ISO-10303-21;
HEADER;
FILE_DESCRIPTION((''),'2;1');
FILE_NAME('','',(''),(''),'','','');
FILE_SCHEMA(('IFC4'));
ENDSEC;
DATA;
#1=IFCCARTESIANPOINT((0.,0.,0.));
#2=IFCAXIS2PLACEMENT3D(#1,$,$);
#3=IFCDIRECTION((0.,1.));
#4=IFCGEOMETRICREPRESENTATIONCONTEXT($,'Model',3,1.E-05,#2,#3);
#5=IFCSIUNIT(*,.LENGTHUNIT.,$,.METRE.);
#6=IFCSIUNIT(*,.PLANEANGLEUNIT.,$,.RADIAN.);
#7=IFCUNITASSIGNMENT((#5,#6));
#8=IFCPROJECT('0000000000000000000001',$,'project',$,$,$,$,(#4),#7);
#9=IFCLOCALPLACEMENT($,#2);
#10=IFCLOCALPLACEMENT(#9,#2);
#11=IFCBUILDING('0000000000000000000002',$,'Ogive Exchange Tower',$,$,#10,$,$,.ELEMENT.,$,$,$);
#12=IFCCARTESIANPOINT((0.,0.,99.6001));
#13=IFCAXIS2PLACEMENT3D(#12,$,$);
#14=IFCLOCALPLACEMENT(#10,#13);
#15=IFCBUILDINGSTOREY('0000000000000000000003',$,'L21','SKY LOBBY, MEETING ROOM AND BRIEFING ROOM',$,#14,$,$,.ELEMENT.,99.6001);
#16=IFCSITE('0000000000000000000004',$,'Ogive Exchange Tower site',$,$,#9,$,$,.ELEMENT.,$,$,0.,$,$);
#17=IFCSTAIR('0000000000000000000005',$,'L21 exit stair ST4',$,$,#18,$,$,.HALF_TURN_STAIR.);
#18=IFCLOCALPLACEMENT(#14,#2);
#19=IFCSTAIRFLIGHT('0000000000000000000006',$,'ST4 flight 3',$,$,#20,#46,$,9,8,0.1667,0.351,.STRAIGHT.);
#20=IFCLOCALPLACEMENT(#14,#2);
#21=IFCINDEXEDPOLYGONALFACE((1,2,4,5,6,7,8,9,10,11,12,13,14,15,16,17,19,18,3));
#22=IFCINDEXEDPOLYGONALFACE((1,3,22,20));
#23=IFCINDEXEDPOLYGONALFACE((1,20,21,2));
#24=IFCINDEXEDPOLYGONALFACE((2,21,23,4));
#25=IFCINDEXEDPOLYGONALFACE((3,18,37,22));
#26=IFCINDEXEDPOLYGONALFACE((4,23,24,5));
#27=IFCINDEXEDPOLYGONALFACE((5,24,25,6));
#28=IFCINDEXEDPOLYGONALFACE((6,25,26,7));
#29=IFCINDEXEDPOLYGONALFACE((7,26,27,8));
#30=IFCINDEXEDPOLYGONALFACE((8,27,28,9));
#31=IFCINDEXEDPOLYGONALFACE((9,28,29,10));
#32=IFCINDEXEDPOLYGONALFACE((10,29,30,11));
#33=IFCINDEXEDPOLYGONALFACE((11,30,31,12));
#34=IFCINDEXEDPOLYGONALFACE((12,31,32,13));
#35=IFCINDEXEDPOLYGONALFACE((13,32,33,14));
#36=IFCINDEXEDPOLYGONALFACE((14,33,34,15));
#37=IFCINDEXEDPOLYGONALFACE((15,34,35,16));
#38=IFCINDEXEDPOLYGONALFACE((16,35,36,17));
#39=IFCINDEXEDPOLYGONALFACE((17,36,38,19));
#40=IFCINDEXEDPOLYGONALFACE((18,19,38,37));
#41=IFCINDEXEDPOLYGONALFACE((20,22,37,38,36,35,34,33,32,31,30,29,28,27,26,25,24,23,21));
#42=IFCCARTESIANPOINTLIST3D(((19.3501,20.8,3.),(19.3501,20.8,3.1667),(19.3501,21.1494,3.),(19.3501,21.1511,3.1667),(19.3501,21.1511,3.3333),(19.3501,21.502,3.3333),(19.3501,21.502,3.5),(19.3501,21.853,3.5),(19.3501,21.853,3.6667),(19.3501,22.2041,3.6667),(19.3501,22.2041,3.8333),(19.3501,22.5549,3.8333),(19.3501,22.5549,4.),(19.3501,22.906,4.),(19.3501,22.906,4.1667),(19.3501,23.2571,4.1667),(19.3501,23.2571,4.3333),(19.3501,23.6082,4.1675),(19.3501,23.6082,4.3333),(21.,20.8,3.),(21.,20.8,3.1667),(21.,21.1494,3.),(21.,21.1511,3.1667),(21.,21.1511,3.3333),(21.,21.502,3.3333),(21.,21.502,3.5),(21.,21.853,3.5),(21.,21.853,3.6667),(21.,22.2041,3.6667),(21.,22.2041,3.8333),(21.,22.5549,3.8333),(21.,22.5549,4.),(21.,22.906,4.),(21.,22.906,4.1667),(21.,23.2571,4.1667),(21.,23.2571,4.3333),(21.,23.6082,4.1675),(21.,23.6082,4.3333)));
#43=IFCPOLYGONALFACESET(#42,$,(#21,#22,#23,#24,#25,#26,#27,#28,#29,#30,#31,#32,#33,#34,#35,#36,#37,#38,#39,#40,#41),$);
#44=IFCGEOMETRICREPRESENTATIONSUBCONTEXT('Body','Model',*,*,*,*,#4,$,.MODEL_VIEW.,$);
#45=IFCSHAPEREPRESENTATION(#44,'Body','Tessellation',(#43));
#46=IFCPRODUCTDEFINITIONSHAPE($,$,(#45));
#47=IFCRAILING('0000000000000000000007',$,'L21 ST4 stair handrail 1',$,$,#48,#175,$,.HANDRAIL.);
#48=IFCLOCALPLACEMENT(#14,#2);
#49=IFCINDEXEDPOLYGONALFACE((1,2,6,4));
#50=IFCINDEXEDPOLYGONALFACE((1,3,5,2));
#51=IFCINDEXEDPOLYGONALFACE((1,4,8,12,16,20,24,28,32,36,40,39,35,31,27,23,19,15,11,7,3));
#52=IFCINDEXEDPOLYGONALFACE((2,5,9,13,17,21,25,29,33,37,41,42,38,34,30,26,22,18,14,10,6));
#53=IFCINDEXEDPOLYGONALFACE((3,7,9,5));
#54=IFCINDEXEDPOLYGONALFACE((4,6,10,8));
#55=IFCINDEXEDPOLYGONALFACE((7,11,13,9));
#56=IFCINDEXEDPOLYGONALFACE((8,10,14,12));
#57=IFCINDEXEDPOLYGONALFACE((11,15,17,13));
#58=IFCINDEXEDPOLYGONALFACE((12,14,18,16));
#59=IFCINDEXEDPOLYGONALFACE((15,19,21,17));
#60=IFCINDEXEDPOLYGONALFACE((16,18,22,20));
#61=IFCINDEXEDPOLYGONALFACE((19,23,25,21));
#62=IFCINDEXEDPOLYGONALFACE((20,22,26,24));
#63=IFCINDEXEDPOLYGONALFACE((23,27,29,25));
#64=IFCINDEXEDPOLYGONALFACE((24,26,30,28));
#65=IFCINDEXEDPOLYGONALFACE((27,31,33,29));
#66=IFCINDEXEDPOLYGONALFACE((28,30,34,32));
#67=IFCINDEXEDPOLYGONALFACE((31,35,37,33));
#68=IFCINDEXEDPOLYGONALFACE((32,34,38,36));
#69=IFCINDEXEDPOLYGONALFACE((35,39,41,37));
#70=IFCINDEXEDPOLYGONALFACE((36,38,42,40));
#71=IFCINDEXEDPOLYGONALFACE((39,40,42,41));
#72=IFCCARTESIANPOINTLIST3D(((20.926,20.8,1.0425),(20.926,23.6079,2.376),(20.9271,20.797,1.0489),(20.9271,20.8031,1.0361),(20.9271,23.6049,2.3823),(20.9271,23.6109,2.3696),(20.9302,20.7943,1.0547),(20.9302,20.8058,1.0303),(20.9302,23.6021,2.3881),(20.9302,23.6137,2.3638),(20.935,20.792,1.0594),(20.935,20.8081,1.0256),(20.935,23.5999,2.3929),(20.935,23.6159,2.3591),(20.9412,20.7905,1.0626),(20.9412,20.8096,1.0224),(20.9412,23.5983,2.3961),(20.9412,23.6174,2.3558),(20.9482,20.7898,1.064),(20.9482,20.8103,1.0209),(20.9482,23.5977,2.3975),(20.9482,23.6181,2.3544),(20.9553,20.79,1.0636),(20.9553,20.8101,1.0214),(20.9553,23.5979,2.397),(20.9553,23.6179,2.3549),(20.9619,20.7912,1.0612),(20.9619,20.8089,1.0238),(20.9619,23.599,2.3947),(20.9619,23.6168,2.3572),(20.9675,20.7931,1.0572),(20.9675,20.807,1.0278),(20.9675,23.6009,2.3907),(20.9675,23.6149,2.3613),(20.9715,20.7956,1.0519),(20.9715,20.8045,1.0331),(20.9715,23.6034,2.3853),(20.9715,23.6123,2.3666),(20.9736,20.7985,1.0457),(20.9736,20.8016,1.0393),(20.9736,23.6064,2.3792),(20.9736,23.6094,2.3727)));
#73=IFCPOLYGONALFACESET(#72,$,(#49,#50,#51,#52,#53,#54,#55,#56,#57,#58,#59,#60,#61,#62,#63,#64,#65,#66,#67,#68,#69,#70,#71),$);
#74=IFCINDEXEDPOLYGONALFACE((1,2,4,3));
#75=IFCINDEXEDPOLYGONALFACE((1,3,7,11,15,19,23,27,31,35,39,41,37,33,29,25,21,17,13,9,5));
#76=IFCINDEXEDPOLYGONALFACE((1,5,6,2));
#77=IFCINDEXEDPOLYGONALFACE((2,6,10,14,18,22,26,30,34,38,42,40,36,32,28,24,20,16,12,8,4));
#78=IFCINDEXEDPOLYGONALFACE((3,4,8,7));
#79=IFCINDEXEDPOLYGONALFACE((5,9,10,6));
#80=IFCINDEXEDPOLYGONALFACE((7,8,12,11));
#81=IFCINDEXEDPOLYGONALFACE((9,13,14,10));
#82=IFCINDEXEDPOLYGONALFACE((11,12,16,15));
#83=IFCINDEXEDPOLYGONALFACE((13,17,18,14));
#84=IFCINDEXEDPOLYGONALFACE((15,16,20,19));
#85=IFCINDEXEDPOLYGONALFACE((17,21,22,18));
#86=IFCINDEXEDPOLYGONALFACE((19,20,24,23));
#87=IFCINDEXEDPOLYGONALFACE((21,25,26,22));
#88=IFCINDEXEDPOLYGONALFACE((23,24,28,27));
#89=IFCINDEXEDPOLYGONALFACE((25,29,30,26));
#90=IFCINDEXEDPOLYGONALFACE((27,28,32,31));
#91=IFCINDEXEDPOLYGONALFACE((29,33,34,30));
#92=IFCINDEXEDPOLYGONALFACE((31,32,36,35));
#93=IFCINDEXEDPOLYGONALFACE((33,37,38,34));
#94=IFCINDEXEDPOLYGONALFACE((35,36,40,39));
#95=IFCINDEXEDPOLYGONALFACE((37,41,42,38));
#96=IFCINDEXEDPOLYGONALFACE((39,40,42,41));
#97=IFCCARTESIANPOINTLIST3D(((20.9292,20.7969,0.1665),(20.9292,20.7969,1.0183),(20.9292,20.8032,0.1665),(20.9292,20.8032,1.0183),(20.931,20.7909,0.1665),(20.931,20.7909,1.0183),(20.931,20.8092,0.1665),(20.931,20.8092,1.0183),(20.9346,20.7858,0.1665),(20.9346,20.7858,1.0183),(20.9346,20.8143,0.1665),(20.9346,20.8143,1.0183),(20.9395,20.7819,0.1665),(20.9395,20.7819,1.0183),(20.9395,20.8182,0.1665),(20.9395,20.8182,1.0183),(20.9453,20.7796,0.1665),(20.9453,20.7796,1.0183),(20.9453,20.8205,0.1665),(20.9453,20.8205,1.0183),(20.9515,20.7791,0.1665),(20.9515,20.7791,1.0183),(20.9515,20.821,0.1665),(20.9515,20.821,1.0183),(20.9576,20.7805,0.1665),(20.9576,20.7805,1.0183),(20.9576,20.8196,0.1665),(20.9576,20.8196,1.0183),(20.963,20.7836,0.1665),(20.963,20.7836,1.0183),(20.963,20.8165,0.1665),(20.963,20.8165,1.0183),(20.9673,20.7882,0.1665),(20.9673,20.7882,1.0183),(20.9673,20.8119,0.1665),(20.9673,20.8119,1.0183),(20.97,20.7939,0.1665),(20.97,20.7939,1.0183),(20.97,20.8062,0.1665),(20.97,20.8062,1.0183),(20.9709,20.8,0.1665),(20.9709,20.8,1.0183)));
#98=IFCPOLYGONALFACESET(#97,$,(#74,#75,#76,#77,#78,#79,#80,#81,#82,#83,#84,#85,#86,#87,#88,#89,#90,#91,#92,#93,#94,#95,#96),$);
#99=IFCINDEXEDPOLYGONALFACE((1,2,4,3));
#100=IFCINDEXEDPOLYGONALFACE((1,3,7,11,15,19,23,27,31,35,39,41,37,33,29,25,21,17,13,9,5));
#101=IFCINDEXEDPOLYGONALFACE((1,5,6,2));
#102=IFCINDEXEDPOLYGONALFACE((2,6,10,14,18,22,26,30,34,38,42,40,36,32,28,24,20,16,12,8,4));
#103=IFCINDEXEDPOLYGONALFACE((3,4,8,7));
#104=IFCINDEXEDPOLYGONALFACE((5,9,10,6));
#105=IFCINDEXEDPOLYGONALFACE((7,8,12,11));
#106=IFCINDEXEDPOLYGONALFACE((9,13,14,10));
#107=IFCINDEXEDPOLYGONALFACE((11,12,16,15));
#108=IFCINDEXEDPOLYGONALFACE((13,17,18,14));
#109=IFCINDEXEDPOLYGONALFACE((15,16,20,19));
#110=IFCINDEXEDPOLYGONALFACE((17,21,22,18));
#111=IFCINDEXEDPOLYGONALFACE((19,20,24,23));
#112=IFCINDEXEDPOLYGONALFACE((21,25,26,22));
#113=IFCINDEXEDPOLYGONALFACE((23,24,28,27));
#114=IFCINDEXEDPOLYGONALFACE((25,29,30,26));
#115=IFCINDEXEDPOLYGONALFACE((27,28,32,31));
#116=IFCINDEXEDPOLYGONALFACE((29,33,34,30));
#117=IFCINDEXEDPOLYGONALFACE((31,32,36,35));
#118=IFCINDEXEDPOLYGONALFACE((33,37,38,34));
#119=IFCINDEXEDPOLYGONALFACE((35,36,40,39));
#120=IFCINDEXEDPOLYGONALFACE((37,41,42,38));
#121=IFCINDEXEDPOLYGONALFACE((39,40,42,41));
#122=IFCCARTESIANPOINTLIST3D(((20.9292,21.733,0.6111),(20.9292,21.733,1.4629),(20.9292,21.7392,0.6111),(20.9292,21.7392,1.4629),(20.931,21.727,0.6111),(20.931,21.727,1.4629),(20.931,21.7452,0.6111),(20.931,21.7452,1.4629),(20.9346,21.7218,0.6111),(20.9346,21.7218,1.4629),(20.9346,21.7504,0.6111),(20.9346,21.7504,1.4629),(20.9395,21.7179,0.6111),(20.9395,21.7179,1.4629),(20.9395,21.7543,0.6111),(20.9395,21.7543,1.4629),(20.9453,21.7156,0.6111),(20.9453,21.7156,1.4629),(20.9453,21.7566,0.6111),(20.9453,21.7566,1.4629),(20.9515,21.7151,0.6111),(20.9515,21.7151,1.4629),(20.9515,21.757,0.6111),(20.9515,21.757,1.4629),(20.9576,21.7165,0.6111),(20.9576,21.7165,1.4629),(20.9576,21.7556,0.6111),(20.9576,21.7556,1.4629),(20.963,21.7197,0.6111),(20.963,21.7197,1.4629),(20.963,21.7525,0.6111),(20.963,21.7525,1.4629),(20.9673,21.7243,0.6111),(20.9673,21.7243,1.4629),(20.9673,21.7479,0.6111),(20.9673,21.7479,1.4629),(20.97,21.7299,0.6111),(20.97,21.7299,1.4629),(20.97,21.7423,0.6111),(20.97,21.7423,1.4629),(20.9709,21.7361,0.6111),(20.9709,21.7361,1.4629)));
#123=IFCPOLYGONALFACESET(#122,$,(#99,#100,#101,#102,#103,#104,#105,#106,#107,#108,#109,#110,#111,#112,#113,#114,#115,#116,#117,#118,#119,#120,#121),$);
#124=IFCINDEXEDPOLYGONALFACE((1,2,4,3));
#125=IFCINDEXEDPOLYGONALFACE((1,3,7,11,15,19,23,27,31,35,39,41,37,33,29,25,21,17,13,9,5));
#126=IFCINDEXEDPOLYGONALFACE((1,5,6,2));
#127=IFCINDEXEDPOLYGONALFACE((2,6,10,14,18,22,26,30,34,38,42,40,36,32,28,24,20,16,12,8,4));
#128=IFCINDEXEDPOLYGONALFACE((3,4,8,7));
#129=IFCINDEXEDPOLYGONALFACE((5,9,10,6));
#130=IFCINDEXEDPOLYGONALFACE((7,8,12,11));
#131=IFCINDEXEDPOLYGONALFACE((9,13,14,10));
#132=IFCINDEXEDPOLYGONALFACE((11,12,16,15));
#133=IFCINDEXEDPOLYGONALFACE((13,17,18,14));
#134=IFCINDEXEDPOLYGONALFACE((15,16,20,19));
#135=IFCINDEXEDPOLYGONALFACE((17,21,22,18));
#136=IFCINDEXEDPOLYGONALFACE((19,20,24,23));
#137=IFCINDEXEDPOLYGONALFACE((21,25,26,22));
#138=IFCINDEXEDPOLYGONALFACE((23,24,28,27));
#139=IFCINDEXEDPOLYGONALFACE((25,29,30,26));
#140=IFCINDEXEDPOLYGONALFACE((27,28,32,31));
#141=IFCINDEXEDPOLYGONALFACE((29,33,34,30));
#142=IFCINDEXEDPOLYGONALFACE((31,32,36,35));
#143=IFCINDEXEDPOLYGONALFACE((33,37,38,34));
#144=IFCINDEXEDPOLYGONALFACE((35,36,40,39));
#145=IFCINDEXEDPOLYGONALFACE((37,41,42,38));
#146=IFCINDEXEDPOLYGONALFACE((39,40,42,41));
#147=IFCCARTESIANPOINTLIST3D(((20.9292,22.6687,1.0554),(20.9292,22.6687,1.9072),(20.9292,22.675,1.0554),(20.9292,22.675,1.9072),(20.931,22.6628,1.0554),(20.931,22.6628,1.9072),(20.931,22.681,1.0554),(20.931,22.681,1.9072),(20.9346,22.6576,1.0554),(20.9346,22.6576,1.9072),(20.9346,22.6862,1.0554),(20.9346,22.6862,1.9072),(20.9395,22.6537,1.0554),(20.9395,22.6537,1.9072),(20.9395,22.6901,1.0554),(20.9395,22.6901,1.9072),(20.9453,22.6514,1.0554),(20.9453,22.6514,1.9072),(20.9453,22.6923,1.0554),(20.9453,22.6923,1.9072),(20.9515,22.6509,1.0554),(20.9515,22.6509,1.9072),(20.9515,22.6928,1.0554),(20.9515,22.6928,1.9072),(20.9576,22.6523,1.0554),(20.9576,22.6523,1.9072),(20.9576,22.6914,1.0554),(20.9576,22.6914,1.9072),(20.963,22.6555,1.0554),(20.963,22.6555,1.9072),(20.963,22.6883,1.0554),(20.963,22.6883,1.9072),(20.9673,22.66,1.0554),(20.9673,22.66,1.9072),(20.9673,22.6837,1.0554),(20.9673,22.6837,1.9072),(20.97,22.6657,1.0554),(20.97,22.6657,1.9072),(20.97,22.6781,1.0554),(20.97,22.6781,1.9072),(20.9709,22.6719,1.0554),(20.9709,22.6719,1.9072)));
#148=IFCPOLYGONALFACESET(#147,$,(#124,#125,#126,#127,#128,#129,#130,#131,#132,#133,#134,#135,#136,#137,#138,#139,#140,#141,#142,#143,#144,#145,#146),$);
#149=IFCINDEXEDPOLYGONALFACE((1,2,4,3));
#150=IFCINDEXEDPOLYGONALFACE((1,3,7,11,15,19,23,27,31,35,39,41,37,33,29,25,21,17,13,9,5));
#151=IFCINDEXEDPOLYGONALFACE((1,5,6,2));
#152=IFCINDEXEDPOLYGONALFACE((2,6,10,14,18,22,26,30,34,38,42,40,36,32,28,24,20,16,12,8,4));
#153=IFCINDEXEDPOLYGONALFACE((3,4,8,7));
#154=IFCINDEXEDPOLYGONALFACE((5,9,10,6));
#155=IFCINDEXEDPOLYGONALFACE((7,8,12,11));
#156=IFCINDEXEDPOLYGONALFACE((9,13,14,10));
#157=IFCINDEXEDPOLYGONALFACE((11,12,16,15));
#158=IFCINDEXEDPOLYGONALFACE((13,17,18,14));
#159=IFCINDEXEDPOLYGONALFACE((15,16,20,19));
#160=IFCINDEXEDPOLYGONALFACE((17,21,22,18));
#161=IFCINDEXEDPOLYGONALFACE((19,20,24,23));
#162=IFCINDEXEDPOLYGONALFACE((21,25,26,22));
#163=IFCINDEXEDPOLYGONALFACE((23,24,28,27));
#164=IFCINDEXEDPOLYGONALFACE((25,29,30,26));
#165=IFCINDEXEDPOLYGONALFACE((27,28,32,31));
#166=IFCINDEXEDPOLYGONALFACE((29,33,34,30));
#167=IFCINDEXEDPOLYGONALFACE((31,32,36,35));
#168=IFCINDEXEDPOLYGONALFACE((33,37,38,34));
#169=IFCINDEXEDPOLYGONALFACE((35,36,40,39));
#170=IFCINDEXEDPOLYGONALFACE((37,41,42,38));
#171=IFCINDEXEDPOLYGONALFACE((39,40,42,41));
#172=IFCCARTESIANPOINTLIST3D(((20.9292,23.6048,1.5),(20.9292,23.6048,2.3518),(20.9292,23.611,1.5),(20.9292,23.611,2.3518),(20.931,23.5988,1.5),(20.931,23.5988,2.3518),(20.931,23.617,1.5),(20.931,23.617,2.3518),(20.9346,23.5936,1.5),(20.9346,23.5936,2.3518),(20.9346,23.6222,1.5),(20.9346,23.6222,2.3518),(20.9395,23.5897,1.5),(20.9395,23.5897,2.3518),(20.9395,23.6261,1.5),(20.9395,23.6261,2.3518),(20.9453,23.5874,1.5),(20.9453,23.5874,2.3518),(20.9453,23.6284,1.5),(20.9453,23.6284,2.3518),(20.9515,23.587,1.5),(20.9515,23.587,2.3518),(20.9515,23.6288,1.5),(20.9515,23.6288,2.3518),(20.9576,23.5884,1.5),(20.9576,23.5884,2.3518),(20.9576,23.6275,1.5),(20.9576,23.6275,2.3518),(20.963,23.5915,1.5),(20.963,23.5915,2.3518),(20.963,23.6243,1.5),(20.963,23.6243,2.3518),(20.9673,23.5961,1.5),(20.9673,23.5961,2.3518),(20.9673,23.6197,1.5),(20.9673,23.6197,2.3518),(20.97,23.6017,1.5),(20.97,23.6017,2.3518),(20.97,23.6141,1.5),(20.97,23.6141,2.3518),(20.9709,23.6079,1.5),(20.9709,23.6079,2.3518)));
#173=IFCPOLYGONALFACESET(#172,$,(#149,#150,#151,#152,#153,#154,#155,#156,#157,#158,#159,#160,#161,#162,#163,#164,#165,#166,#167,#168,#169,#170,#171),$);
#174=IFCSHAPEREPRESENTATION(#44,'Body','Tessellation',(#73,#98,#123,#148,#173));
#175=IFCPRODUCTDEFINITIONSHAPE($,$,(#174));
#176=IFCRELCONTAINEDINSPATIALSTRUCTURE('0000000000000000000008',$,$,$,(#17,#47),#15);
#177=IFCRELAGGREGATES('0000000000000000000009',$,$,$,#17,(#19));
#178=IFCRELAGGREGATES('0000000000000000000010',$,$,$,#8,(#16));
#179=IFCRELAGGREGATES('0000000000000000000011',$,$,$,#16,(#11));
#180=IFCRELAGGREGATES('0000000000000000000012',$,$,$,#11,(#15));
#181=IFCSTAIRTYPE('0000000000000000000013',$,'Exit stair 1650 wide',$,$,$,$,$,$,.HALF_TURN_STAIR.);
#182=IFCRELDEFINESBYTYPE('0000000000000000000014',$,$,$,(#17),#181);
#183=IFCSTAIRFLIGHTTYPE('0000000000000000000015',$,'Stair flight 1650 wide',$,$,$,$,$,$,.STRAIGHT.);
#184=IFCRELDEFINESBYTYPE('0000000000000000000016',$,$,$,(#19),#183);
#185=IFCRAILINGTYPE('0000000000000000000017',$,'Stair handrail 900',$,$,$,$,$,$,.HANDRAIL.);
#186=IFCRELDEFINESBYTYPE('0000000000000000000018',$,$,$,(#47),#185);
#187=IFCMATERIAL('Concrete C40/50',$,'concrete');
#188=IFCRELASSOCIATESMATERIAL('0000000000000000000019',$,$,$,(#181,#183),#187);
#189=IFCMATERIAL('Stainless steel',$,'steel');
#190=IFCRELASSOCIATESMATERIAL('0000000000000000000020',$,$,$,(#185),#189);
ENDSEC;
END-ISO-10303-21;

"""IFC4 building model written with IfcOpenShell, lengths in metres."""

from ifc_helpers import new_model, si_unit, direction, frame, origin, origin_2d, place, context, subcontext, project, spatial, polyline, circle, outline, extrude, material, type_object, element, aggregate, save


model = new_model("IFC4")

# Units and contexts
model_context = context("Model", 3, precision=1e-05, world=origin(), true_north=direction((0.0, 1.0)))
body_context = subcontext(model_context, "Body", "Model", "MODEL_VIEW")
ifc_project = project(units=[si_unit("LENGTHUNIT", "METRE"), si_unit("PLANEANGLEUNIT", "RADIAN")], contexts=[model_context])

# Site, building, storey
site_placement = place(None, origin())
site = spatial("IfcSite", under=ifc_project, at=site_placement, Name="Ogive Exchange Tower site", CompositionType="ELEMENT", RefElevation=0.0)
building_placement = place(site_placement, origin())
building = spatial("IfcBuilding", under=site, at=building_placement, Name="Ogive Exchange Tower", CompositionType="ELEMENT")
storey_placement = place(building_placement, frame((0.0, 0.0, 99.6001)))
storey = spatial("IfcBuildingStorey", under=building, at=storey_placement, Name="L21", Description="SKY LOBBY, MEETING ROOM AND BRIEFING ROOM", CompositionType="ELEMENT", Elevation=99.6001)

# Stair, stair flight
ifc_material_1 = material(Name="Concrete C40/50", Category="concrete")
stair_type = type_object("IfcStairType", Name="Exit stair 1650 wide", PredefinedType="HALF_TURN_STAIR", material=ifc_material_1)
stair_placement = place(storey_placement, origin())
stair = element("IfcStair", 1, at=stair_placement, inside=storey, type_object=stair_type, Name="L21 exit stair ST4", PredefinedType="HALF_TURN_STAIR")
stair_flight_type = type_object("IfcStairFlightType", Name="Stair flight 1650 wide", PredefinedType="STRAIGHT", material=ifc_material_1)
stair_flight_1_placement = place(storey_placement, frame((20.175, 20.8, 3.0), z_axis=(0.0, 0.0, 1.0), x_axis=(0.0, 1.0, 0.0)))
stair_flight_1 = element("IfcStairFlight", 2, at=stair_flight_1_placement, type_object=stair_flight_type, Name="ST4 flight 3", NumberOfRisers=9, NumberOfTreads=8, PredefinedType="STRAIGHT", RiserHeight=0.1667, TreadLength=0.351, context=body_context, shape_type="SweptSolid", body=[
    extrude(outline(polyline([(0.0, 0.0), (0.0, 0.1667), (0.3511, 0.1667), (0.3511, 0.3333), (0.7019, 0.3333), (0.7019, 0.5), (1.053, 0.5), (1.053, 0.6667), (1.4041, 0.6667), (1.4041, 0.8333), (1.7549, 0.8333), (1.7549, 1.0), (2.106, 1.0), (2.106, 1.1667), (2.457, 1.1667), (2.457, 1.3333), (2.8081, 1.3333), (2.8081, 1.5), (2.8081, 1.1675), (0.3494, 0.0), (0.0, 0.0)])), frame((0.0, 0.825, 0.0), z_axis=(0.0, -1.0, 0.0), x_axis=(1.0, 0.0, 0.0)), (0.0, 0.0, 1.0), 1.6499),
])
aggregate(stair, [stair_flight_1])

# Railing
ifc_material_2 = material(Name="Stainless steel", Category="steel")
railing_type = type_object("IfcRailingType", Name="Stair handrail 900", PredefinedType="HANDRAIL", material=ifc_material_2)
for number, where, name in (
    (3, (20.95, 20.8, 0.1665), "L21 ST4 stair handrail 1"),
):
    element("IfcRailing", number, at=place(storey_placement, frame(where)), inside=storey, type_object=railing_type, Name=name, PredefinedType="HANDRAIL", context=body_context, shape_type="SweptSolid", body=[
        extrude(circle(Radius=0.0239, at=origin_2d()), frame((0.0, 0.0, 0.876), z_axis=(0.0, 0.903307, 0.428994), x_axis=(-1.0, 0.0, 0.0)), (0.0, 0.0, 1.0), 3.1084),
        extrude(circle(Radius=0.021, at=origin_2d()), origin(), (0.0, 0.0, 1.0), 0.8518),
        extrude(circle(Radius=0.021, at=origin_2d()), frame((0.0, 0.936, 0.4446)), (0.0, 0.0, 1.0), 0.8518),
        extrude(circle(Radius=0.021, at=origin_2d()), frame((0.0, 1.8718, 0.8889)), (0.0, 0.0, 1.0), 0.8518),
        extrude(circle(Radius=0.021, at=origin_2d()), frame((0.0, 2.8079, 1.3335)), (0.0, 0.0, 1.0), 0.8518),
    ])

save(model, "model.ifc")
